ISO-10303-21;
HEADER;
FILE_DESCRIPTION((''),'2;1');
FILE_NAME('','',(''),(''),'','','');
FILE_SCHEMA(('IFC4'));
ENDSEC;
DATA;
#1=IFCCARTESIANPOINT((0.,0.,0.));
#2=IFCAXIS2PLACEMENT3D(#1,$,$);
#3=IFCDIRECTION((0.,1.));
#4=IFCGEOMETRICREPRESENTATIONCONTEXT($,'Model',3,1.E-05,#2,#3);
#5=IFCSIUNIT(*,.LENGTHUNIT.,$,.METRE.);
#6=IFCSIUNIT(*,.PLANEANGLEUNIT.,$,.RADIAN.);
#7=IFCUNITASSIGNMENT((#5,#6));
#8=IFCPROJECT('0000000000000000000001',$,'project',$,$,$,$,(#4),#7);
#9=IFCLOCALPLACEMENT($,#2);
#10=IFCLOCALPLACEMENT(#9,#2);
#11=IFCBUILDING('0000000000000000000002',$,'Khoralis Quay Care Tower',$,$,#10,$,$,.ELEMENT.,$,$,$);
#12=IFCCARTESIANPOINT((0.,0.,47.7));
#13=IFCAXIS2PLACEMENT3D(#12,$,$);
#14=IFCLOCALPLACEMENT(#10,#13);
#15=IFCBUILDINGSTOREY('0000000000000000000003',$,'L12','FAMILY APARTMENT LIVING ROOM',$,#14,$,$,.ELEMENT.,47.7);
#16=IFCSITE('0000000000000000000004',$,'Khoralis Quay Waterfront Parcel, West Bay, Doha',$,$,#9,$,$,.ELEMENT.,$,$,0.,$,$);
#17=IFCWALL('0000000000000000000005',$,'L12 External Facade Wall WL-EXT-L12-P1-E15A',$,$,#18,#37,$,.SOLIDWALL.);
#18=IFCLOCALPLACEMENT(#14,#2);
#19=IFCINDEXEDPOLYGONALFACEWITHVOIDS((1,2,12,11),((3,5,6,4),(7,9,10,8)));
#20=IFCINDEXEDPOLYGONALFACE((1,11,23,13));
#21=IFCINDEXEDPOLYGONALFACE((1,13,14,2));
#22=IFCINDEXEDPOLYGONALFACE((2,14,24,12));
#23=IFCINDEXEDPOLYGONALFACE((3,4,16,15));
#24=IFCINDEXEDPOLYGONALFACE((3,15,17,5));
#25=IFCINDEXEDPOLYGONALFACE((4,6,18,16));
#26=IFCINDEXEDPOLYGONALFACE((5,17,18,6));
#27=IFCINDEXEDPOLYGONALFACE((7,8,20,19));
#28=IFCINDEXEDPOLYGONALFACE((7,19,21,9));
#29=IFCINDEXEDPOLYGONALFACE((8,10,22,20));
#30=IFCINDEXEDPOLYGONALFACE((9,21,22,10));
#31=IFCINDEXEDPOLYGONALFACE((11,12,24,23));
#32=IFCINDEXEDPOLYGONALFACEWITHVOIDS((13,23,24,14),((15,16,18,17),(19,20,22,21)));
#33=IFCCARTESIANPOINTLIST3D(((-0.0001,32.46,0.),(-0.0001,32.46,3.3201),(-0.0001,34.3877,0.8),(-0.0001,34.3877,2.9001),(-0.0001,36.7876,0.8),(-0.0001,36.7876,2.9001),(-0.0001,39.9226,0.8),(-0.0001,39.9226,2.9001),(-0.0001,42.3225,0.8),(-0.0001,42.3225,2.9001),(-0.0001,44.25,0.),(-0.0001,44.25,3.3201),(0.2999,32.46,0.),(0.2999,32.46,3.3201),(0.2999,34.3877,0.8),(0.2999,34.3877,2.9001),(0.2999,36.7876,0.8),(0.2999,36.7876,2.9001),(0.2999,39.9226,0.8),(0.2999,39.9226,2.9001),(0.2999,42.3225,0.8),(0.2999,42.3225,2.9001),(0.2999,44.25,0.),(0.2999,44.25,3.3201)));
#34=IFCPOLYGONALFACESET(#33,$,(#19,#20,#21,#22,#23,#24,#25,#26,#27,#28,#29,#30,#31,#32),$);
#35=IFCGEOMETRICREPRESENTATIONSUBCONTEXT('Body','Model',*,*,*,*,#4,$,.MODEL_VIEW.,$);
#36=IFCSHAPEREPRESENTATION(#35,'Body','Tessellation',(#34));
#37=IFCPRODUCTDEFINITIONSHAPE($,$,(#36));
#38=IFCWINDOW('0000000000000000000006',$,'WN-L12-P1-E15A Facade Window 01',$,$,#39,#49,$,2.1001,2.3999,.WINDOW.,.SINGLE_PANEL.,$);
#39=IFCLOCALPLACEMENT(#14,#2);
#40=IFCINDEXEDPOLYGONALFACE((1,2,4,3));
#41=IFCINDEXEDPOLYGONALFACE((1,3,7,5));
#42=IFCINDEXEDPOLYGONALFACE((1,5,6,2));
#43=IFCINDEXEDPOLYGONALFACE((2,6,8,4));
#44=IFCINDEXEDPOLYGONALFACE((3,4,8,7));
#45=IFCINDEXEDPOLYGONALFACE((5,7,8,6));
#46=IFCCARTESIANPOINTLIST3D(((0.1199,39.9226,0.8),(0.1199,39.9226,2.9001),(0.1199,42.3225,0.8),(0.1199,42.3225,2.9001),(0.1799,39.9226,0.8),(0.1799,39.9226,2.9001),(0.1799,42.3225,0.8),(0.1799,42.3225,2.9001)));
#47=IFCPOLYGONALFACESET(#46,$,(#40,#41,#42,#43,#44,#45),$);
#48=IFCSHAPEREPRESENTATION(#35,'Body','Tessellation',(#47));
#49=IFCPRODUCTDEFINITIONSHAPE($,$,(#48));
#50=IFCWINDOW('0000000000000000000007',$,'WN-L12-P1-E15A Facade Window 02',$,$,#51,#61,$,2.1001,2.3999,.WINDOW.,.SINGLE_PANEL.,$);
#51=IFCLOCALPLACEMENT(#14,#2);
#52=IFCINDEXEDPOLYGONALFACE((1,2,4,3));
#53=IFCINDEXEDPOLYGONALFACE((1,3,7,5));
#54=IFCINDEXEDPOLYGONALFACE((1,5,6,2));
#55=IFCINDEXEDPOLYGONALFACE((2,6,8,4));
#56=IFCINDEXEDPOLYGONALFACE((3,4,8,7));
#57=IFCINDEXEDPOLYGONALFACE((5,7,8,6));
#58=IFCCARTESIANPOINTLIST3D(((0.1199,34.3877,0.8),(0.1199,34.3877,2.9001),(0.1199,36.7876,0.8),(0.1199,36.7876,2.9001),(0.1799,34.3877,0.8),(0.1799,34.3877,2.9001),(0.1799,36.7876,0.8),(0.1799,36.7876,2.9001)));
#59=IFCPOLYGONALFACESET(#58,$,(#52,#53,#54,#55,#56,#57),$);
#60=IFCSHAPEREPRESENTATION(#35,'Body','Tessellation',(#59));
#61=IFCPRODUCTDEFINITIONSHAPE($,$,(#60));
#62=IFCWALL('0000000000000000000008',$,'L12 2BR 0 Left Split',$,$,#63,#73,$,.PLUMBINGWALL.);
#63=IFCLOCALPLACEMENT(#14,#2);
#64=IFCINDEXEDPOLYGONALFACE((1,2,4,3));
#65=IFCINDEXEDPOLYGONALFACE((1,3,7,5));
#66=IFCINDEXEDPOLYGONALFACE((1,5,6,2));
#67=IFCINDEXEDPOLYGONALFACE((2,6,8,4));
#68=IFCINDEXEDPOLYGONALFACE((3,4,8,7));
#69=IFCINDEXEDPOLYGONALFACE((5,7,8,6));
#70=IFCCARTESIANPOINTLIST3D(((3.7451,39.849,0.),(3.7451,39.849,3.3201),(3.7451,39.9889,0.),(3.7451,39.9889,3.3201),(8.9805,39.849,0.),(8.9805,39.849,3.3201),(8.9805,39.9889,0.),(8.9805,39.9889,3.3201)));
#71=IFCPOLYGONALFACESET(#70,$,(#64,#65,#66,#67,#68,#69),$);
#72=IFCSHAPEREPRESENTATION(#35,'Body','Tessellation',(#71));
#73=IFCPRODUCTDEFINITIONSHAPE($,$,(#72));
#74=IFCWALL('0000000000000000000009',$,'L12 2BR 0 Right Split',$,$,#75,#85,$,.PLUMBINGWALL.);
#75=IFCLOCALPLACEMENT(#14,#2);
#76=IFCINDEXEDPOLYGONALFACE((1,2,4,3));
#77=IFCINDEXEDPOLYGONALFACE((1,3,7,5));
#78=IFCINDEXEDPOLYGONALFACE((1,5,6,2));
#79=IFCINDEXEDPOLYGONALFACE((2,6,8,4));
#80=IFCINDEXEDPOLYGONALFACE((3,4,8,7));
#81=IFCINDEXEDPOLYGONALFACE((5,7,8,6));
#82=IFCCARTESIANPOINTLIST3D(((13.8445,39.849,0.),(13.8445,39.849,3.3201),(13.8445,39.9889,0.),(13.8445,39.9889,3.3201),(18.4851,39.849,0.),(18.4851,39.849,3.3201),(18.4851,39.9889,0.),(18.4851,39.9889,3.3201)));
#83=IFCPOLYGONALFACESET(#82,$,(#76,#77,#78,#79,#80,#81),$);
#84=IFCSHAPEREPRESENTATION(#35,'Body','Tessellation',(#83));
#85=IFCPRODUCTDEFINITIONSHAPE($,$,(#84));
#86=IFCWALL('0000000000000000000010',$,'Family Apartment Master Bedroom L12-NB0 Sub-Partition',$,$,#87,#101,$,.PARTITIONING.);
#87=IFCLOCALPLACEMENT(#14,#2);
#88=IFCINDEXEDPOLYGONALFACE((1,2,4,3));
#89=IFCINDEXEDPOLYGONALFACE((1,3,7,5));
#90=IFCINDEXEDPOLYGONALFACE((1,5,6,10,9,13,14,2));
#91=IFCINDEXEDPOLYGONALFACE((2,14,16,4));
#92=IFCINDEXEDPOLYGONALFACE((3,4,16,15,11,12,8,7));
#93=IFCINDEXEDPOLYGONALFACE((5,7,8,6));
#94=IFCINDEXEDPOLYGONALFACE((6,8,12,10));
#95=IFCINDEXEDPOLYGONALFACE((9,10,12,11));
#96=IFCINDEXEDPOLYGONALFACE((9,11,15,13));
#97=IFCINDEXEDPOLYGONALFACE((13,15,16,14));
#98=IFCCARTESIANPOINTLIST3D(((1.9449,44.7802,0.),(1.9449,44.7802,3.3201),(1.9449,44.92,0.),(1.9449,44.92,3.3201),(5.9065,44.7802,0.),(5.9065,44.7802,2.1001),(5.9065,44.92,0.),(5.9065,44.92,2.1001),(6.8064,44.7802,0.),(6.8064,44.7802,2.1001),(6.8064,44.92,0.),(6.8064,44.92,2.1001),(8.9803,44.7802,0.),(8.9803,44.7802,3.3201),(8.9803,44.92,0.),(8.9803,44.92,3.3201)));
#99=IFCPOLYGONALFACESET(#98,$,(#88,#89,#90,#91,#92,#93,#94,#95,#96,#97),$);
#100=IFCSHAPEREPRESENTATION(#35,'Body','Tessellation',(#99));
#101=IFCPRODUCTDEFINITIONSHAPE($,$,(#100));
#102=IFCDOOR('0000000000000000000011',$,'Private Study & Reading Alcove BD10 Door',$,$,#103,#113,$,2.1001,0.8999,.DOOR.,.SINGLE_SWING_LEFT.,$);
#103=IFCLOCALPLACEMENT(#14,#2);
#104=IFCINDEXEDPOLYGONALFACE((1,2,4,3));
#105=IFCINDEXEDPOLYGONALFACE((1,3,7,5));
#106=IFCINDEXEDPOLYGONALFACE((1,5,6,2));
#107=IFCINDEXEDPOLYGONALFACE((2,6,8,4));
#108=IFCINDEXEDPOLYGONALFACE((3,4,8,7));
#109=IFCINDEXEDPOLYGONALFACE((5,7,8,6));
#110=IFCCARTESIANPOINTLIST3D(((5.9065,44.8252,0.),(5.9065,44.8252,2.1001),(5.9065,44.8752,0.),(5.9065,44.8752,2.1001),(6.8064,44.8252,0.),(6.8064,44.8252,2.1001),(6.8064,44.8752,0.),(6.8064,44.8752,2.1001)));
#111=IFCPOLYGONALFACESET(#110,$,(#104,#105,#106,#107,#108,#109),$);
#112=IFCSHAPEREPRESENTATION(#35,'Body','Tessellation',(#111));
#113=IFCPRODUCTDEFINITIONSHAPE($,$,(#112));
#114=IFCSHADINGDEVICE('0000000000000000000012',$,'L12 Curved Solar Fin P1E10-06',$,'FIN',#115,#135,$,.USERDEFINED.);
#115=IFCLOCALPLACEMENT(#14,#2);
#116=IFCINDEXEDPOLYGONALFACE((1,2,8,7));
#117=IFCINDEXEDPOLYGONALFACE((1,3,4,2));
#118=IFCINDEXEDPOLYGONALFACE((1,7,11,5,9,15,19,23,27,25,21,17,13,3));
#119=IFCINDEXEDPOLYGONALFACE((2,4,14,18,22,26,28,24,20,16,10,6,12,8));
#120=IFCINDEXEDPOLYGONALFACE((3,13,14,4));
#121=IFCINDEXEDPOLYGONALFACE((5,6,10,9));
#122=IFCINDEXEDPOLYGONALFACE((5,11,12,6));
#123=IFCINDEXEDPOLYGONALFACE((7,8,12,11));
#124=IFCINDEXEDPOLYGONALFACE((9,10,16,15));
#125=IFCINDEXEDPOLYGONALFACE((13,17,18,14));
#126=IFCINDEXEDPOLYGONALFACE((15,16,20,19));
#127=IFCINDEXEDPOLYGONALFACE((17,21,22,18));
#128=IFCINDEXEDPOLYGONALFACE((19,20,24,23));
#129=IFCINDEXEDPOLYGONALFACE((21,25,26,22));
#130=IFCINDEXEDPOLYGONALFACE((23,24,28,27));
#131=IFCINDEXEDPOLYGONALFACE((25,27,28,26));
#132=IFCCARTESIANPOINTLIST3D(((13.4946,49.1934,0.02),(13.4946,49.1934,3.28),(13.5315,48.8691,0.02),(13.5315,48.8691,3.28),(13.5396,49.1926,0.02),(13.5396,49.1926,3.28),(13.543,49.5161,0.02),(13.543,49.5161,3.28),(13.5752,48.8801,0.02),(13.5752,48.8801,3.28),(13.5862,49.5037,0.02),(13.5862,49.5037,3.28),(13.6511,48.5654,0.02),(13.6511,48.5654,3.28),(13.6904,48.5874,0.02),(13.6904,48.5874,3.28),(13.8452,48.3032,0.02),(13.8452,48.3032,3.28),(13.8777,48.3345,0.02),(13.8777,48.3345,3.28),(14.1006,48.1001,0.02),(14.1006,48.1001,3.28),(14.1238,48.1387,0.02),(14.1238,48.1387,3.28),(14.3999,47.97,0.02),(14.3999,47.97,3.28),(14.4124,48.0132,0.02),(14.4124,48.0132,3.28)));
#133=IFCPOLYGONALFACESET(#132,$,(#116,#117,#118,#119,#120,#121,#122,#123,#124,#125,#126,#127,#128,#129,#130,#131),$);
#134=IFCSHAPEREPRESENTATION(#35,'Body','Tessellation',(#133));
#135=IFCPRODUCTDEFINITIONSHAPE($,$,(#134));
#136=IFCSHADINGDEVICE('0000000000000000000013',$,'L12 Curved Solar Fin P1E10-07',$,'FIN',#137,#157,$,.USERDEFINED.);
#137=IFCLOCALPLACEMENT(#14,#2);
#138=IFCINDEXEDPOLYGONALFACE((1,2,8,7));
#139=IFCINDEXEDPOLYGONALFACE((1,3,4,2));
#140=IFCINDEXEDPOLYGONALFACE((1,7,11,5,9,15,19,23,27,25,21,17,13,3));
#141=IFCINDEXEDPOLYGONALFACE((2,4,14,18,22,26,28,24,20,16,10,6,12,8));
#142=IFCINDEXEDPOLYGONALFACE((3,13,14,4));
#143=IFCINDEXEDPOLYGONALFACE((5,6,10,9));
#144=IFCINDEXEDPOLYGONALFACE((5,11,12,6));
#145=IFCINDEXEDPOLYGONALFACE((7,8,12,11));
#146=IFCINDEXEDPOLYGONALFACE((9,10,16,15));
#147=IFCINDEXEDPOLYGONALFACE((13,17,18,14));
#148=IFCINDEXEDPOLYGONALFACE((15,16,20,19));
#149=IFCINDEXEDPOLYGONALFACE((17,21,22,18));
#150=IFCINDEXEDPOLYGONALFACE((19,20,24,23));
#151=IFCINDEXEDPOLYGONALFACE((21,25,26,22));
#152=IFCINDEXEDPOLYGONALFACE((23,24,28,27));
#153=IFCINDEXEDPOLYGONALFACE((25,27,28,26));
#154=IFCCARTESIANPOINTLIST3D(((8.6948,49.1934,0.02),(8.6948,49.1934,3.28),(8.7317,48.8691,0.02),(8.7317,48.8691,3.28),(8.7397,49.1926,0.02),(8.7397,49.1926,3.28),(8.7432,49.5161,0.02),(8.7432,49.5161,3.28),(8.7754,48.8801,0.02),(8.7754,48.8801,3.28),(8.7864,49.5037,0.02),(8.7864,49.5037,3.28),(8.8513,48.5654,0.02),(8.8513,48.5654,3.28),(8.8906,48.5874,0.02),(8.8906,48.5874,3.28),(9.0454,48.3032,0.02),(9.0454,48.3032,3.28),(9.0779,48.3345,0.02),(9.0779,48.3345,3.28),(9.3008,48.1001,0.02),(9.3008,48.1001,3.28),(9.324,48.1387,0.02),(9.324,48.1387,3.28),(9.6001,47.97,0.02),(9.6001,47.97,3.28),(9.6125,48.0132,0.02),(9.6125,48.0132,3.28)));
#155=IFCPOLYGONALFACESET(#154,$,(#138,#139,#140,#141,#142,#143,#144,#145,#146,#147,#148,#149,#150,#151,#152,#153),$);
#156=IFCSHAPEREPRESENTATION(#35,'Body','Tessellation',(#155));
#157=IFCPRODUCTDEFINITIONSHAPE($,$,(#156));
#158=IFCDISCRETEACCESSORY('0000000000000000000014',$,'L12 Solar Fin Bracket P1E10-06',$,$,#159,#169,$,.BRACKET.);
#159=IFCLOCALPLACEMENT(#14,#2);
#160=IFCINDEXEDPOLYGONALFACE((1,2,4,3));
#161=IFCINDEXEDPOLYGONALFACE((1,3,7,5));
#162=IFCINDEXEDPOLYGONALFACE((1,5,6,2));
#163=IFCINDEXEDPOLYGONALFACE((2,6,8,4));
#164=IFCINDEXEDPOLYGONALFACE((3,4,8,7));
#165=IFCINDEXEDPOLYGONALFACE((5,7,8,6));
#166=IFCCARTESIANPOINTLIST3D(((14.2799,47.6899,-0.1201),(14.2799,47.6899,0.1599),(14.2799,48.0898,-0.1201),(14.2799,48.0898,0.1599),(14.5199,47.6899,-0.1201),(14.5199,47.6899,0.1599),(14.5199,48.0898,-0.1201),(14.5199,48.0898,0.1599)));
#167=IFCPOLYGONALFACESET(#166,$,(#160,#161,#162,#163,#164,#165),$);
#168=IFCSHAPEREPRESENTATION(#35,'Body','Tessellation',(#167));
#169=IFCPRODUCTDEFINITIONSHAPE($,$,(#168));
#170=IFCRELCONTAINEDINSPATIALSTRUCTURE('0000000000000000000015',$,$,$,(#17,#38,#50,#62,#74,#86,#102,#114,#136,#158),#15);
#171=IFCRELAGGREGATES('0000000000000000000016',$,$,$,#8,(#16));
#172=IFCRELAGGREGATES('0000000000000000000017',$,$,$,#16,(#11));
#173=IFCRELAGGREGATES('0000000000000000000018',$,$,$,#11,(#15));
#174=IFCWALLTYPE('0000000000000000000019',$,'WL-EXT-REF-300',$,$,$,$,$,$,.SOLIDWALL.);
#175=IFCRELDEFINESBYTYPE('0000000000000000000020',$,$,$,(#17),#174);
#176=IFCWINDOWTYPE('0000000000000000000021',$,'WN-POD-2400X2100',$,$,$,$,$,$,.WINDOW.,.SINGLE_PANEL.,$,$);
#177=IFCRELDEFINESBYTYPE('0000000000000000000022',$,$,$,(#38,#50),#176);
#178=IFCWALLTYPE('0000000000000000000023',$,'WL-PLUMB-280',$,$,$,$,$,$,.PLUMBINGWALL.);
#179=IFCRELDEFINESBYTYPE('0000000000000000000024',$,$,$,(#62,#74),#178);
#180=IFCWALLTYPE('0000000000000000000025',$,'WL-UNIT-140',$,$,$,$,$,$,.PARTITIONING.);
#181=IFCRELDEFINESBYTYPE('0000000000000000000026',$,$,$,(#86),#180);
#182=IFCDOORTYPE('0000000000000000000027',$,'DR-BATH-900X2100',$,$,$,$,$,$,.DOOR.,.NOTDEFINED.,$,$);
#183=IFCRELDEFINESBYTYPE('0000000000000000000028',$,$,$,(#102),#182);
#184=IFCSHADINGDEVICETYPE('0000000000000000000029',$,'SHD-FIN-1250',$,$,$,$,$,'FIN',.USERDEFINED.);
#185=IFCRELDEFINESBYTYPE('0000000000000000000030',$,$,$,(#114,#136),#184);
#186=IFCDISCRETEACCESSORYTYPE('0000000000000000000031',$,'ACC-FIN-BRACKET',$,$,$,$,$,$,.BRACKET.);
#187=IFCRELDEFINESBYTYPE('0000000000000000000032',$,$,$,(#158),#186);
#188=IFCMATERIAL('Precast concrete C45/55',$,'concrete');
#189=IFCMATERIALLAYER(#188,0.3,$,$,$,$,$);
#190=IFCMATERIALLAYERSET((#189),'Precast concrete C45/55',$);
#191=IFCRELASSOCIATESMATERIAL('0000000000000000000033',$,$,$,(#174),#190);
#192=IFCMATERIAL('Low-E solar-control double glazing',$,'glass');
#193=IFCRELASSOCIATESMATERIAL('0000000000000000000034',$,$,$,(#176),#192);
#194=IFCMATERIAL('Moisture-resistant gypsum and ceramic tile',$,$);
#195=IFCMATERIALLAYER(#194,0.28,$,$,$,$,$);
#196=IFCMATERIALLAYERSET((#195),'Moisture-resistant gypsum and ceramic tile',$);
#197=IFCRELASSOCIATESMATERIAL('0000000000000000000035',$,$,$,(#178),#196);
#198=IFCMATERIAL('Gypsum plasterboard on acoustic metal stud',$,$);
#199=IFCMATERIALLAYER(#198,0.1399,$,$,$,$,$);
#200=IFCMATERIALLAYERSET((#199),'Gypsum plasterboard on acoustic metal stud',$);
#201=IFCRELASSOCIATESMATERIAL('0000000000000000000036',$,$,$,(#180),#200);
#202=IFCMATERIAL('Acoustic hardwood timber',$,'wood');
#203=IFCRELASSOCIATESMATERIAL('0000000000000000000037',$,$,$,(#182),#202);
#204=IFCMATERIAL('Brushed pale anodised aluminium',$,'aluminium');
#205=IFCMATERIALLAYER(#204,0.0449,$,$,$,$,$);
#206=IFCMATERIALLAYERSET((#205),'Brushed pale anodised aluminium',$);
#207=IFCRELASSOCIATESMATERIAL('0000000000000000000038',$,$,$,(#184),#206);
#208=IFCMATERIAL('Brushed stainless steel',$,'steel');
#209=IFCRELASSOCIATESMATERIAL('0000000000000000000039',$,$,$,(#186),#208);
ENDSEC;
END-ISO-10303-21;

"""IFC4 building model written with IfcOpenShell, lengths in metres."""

from ifc_helpers import new_model, si_unit, direction, frame, frame_2d, origin, origin_2d, place, context, subcontext, project, spatial, polyline, rectangle, outline, extrude, source, transform, mapped, material, layer, layer_set, type_object, element, fill, save


model = new_model("IFC4")

# Units and contexts
model_context = context("Model", 3, precision=1e-05, world=origin(), true_north=direction((0.0, 1.0)))
body_context = subcontext(model_context, "Body", "Model", "MODEL_VIEW")
ifc_project = project(units=[si_unit("LENGTHUNIT", "METRE"), si_unit("PLANEANGLEUNIT", "RADIAN")], contexts=[model_context])

# Site, building, storey
site_placement = place(None, origin())
site = spatial("IfcSite", under=ifc_project, at=site_placement, Name="Khoralis Quay Waterfront Parcel, West Bay, Doha", CompositionType="ELEMENT", RefElevation=0.0)
building_placement = place(site_placement, origin())
building = spatial("IfcBuilding", under=site, at=building_placement, Name="Khoralis Quay Care Tower", CompositionType="ELEMENT")
storey_placement = place(building_placement, frame((0.0, 0.0, 47.7)))
storey = spatial("IfcBuildingStorey", under=building, at=storey_placement, Name="L12", Description="FAMILY APARTMENT LIVING ROOM", CompositionType="ELEMENT", Elevation=47.7)

# Shared definitions
ifc_material_1 = material(Name="Precast concrete C45/55", Category="concrete")
ifc_layer_1 = layer(ifc_material_1, 0.3)
ifc_layer_set_1 = layer_set([ifc_layer_1], Name="Precast concrete C45/55")
wall_type_1 = type_object("IfcWallType", Name="WL-EXT-REF-300", PredefinedType="SOLIDWALL", material=ifc_layer_set_1)

# Wall, openings, windows
wall_1_placement = place(storey_placement, frame((0.1499, 44.25, 0.0), z_axis=(0.0, 0.0, 1.0), x_axis=(0.0, -1.0, 0.0)))
wall_1 = element("IfcWall", 1, at=wall_1_placement, inside=storey, type_object=wall_type_1, Name="L12 External Facade Wall WL-EXT-L12-P1-E15A", PredefinedType="SOLIDWALL", context=body_context, shape_type="SweptSolid", body=[
    extrude(rectangle(XDim=11.79, YDim=0.3, at=frame_2d((5.895, 0.0))), origin(), (0.0, 0.0, 1.0), 3.3201),
])
opening_1_placement = place(wall_1_placement, frame((1.9275, 0.0, 0.8)))
opening_1 = element("IfcOpeningElement", 2, at=opening_1_placement, cuts=wall_1, PredefinedType="OPENING", context=body_context, shape_type="SweptSolid", body=[
    extrude(rectangle(XDim=2.3999, YDim=2.1001, at=frame_2d((1.2, 1.05))), frame((0.0, 0.1602, 0.0), z_axis=(0.0, -1.0, 0.0), x_axis=(1.0, 0.0, 0.0)), (0.0, 0.0, 1.0), 0.3201),
])
opening_2_placement = place(wall_1_placement, frame((7.4624, 0.0, 0.8)))
opening_2 = element("IfcOpeningElement", 3, at=opening_2_placement, cuts=wall_1, PredefinedType="OPENING", context=body_context, shape_type="SweptSolid", body=[
    extrude(rectangle(XDim=2.3999, YDim=2.1001, at=frame_2d((1.2, 1.05))), frame((0.0, 0.1602, 0.0), z_axis=(0.0, -1.0, 0.0), x_axis=(1.0, 0.0, 0.0)), (0.0, 0.0, 1.0), 0.3201),
])
ifc_material_2 = material(Name="Low-E solar-control double glazing", Category="glass")
window_type = type_object("IfcWindowType", Name="WN-POD-2400X2100", PartitioningType="SINGLE_PANEL", PredefinedType="WINDOW", material=ifc_material_2)
shared_shape_1 = source(origin(), body_context, "Body", "SweptSolid", [
    extrude(rectangle(XDim=2.3999, YDim=2.1001, at=frame_2d((1.2, 1.05))), frame((0.0, 0.03, 0.0), z_axis=(0.0, -1.0, 0.0), x_axis=(1.0, 0.0, 0.0)), (0.0, 0.0, 1.0), 0.0601),
])
window_1_placement = place(opening_1_placement, origin())
window_1 = element("IfcWindow", 4, at=window_1_placement, inside=storey, type_object=window_type, Name="WN-L12-P1-E15A Facade Window 01", OverallHeight=2.1001, OverallWidth=2.3999, PartitioningType="SINGLE_PANEL", PredefinedType="WINDOW", context=body_context, shape_type="MappedRepresentation", body=[
    mapped(shared_shape_1, transform((0.0, 0.0, 0.0), scale=1.0)),
])
fill(opening_1, window_1)
window_2_placement = place(opening_2_placement, origin())
window_2 = element("IfcWindow", 5, at=window_2_placement, inside=storey, type_object=window_type, Name="WN-L12-P1-E15A Facade Window 02", OverallHeight=2.1001, OverallWidth=2.3999, PartitioningType="SINGLE_PANEL", PredefinedType="WINDOW", context=body_context, shape_type="MappedRepresentation", body=[
    mapped(shared_shape_1, transform((0.0, 0.0, 0.0), scale=1.0)),
])
fill(opening_2, window_2)

# Walls
ifc_material_3 = material(Name="Moisture-resistant gypsum and ceramic tile")
ifc_layer_2 = layer(ifc_material_3, 0.28)
ifc_layer_set_2 = layer_set([ifc_layer_2], Name="Moisture-resistant gypsum and ceramic tile")
wall_type_2 = type_object("IfcWallType", Name="WL-PLUMB-280", PredefinedType="PLUMBINGWALL", material=ifc_layer_set_2)
wall_2_placement = place(storey_placement, frame((3.7451, 39.9189, 0.0), z_axis=(0.0, 0.0, 1.0), x_axis=(1.0, 0.0, 0.0)))
element("IfcWall", 6, at=wall_2_placement, inside=storey, type_object=wall_type_2, Name="L12 2BR 0 Left Split", PredefinedType="PLUMBINGWALL", context=body_context, shape_type="SweptSolid", body=[
    extrude(rectangle(XDim=5.2354, YDim=0.1399, at=frame_2d((2.6177, 0.0))), origin(), (0.0, 0.0, 1.0), 3.3201),
])
wall_3_placement = place(storey_placement, frame((13.8445, 39.9189, 0.0), z_axis=(0.0, 0.0, 1.0), x_axis=(1.0, 0.0, 0.0)))
element("IfcWall", 7, at=wall_3_placement, inside=storey, type_object=wall_type_2, Name="L12 2BR 0 Right Split", PredefinedType="PLUMBINGWALL", context=body_context, shape_type="SweptSolid", body=[
    extrude(rectangle(XDim=4.6406, YDim=0.1399, at=frame_2d((2.3203, 0.0))), origin(), (0.0, 0.0, 1.0), 3.3201),
])

# Wall, opening, door
ifc_material_4 = material(Name="Gypsum plasterboard on acoustic metal stud")
ifc_layer_3 = layer(ifc_material_4, 0.1399)
ifc_layer_set_3 = layer_set([ifc_layer_3], Name="Gypsum plasterboard on acoustic metal stud")
wall_type_3 = type_object("IfcWallType", Name="WL-UNIT-140", PredefinedType="PARTITIONING", material=ifc_layer_set_3)
wall_4_placement = place(storey_placement, frame((1.9451, 44.8501, 0.0), z_axis=(0.0, 0.0, 1.0), x_axis=(1.0, 0.0, 0.0)))
wall_4 = element("IfcWall", 8, at=wall_4_placement, inside=storey, type_object=wall_type_3, Name="Family Apartment Master Bedroom L12-NB0 Sub-Partition", PredefinedType="PARTITIONING", context=body_context, shape_type="SweptSolid", body=[
    extrude(rectangle(XDim=7.0354, YDim=0.1399, at=frame_2d((3.5176, 0.0))), origin(), (0.0, 0.0, 1.0), 3.3201),
])
opening_3_placement = place(wall_4_placement, frame((3.9614, 0.0, 0.0)))
opening_3 = element("IfcOpeningElement", 9, at=opening_3_placement, cuts=wall_4, PredefinedType="OPENING", context=body_context, shape_type="SweptSolid", body=[
    extrude(rectangle(XDim=0.8999, YDim=2.1001, at=frame_2d((0.45, 1.05))), frame((0.0, 0.0801, 0.0), z_axis=(0.0, -1.0, 0.0), x_axis=(1.0, 0.0, 0.0)), (0.0, 0.0, 1.0), 0.1599),
])
ifc_material_5 = material(Name="Acoustic hardwood timber", Category="wood")
door_type = type_object("IfcDoorType", Name="DR-BATH-900X2100", OperationType="NOTDEFINED", PredefinedType="DOOR", material=ifc_material_5)
shared_shape_2 = source(origin(), body_context, "Body", "SweptSolid", [
    extrude(rectangle(XDim=0.8999, YDim=2.1001, at=frame_2d((0.45, 1.05))), frame((0.0, 0.0249, 0.0), z_axis=(0.0, -1.0, 0.0), x_axis=(1.0, 0.0, 0.0)), (0.0, 0.0, 1.0), 0.05),
])
door_placement = place(opening_3_placement, frame((0.8999, 0.0, 0.0), z_axis=(0.0, 0.0, 1.0), x_axis=(-1.0, 0.0, 0.0)))
door = element("IfcDoor", 10, at=door_placement, inside=storey, type_object=door_type, Name="Private Study & Reading Alcove BD10 Door", OperationType="SINGLE_SWING_LEFT", OverallHeight=2.1001, OverallWidth=0.8999, PredefinedType="DOOR", context=body_context, shape_type="MappedRepresentation", body=[
    mapped(shared_shape_2, transform((0.0, 0.0, 0.0), scale=1.0)),
])
fill(opening_3, door)

# Shading devices
ifc_material_6 = material(Name="Brushed pale anodised aluminium", Category="aluminium")
ifc_layer_4 = layer(ifc_material_6, 0.0449)
ifc_layer_set_4 = layer_set([ifc_layer_4], Name="Brushed pale anodised aluminium")
shading_device_type = type_object("IfcShadingDeviceType", Name="SHD-FIN-1250", ElementType="FIN", PredefinedType="USERDEFINED", material=ifc_layer_set_4)
shared_shape_3 = source(origin(), body_context, "Body", "SweptSolid", [
    extrude(outline(polyline([(0.0, 0.0), (0.1301, 0.2993), (0.3333, 0.5547), (0.5955, 0.7488), (0.8992, 0.8684), (1.2234, 0.9053), (1.5461, 0.8569), (1.5337, 0.8137), (1.2227, 0.8604), (0.9102, 0.8247), (0.6174, 0.7095), (0.3645, 0.5222), (0.1687, 0.2761), (0.0432, -0.0125), (0.0, 0.0)])), origin(), (0.0, 0.0, 1.0), 3.26),
])
for number, where, z_axis, x_axis, name in (
    (11, (14.3999, 47.97, 0.02), (0.0, 0.0, 1.0), (0.0, 1.0, 0.0), "L12 Curved Solar Fin P1E10-06"),
    (12, (9.6001, 47.97, 0.02), (0.0, 0.0, 1.0), (0.0, 1.0, 0.0), "L12 Curved Solar Fin P1E10-07"),
):
    element("IfcShadingDevice", number, at=place(storey_placement, frame(where, z_axis=z_axis, x_axis=x_axis)), inside=storey, type_object=shading_device_type, Name=name, ObjectType="FIN", PredefinedType="USERDEFINED", context=body_context, shape_type="MappedRepresentation", body=[
        mapped(shared_shape_3, transform((0.0, 0.0, 0.0), scale=1.0)),
    ])

# Discrete accessory
ifc_material_7 = material(Name="Brushed stainless steel", Category="steel")
discrete_accessory_type = type_object("IfcDiscreteAccessoryType", Name="ACC-FIN-BRACKET", PredefinedType="BRACKET", material=ifc_material_7)
shared_shape_4 = source(origin(), body_context, "Body", "SweptSolid", [
    extrude(rectangle(XDim=0.3999, YDim=0.24, at=origin_2d()), origin(), (0.0, 0.0, 1.0), 0.28),
])
for number, where, z_axis, x_axis, name in (
    (13, (14.3999, 47.8899, -0.1201), (0.0, 0.0, 1.0), (0.0, 1.0, 0.0), "L12 Solar Fin Bracket P1E10-06"),
):
    element("IfcDiscreteAccessory", number, at=place(storey_placement, frame(where, z_axis=z_axis, x_axis=x_axis)), inside=storey, type_object=discrete_accessory_type, Name=name, PredefinedType="BRACKET", context=body_context, shape_type="MappedRepresentation", body=[
        mapped(shared_shape_4, transform((0.0, 0.0, 0.0), scale=1.0)),
    ])

save(model, "model.ifc")
